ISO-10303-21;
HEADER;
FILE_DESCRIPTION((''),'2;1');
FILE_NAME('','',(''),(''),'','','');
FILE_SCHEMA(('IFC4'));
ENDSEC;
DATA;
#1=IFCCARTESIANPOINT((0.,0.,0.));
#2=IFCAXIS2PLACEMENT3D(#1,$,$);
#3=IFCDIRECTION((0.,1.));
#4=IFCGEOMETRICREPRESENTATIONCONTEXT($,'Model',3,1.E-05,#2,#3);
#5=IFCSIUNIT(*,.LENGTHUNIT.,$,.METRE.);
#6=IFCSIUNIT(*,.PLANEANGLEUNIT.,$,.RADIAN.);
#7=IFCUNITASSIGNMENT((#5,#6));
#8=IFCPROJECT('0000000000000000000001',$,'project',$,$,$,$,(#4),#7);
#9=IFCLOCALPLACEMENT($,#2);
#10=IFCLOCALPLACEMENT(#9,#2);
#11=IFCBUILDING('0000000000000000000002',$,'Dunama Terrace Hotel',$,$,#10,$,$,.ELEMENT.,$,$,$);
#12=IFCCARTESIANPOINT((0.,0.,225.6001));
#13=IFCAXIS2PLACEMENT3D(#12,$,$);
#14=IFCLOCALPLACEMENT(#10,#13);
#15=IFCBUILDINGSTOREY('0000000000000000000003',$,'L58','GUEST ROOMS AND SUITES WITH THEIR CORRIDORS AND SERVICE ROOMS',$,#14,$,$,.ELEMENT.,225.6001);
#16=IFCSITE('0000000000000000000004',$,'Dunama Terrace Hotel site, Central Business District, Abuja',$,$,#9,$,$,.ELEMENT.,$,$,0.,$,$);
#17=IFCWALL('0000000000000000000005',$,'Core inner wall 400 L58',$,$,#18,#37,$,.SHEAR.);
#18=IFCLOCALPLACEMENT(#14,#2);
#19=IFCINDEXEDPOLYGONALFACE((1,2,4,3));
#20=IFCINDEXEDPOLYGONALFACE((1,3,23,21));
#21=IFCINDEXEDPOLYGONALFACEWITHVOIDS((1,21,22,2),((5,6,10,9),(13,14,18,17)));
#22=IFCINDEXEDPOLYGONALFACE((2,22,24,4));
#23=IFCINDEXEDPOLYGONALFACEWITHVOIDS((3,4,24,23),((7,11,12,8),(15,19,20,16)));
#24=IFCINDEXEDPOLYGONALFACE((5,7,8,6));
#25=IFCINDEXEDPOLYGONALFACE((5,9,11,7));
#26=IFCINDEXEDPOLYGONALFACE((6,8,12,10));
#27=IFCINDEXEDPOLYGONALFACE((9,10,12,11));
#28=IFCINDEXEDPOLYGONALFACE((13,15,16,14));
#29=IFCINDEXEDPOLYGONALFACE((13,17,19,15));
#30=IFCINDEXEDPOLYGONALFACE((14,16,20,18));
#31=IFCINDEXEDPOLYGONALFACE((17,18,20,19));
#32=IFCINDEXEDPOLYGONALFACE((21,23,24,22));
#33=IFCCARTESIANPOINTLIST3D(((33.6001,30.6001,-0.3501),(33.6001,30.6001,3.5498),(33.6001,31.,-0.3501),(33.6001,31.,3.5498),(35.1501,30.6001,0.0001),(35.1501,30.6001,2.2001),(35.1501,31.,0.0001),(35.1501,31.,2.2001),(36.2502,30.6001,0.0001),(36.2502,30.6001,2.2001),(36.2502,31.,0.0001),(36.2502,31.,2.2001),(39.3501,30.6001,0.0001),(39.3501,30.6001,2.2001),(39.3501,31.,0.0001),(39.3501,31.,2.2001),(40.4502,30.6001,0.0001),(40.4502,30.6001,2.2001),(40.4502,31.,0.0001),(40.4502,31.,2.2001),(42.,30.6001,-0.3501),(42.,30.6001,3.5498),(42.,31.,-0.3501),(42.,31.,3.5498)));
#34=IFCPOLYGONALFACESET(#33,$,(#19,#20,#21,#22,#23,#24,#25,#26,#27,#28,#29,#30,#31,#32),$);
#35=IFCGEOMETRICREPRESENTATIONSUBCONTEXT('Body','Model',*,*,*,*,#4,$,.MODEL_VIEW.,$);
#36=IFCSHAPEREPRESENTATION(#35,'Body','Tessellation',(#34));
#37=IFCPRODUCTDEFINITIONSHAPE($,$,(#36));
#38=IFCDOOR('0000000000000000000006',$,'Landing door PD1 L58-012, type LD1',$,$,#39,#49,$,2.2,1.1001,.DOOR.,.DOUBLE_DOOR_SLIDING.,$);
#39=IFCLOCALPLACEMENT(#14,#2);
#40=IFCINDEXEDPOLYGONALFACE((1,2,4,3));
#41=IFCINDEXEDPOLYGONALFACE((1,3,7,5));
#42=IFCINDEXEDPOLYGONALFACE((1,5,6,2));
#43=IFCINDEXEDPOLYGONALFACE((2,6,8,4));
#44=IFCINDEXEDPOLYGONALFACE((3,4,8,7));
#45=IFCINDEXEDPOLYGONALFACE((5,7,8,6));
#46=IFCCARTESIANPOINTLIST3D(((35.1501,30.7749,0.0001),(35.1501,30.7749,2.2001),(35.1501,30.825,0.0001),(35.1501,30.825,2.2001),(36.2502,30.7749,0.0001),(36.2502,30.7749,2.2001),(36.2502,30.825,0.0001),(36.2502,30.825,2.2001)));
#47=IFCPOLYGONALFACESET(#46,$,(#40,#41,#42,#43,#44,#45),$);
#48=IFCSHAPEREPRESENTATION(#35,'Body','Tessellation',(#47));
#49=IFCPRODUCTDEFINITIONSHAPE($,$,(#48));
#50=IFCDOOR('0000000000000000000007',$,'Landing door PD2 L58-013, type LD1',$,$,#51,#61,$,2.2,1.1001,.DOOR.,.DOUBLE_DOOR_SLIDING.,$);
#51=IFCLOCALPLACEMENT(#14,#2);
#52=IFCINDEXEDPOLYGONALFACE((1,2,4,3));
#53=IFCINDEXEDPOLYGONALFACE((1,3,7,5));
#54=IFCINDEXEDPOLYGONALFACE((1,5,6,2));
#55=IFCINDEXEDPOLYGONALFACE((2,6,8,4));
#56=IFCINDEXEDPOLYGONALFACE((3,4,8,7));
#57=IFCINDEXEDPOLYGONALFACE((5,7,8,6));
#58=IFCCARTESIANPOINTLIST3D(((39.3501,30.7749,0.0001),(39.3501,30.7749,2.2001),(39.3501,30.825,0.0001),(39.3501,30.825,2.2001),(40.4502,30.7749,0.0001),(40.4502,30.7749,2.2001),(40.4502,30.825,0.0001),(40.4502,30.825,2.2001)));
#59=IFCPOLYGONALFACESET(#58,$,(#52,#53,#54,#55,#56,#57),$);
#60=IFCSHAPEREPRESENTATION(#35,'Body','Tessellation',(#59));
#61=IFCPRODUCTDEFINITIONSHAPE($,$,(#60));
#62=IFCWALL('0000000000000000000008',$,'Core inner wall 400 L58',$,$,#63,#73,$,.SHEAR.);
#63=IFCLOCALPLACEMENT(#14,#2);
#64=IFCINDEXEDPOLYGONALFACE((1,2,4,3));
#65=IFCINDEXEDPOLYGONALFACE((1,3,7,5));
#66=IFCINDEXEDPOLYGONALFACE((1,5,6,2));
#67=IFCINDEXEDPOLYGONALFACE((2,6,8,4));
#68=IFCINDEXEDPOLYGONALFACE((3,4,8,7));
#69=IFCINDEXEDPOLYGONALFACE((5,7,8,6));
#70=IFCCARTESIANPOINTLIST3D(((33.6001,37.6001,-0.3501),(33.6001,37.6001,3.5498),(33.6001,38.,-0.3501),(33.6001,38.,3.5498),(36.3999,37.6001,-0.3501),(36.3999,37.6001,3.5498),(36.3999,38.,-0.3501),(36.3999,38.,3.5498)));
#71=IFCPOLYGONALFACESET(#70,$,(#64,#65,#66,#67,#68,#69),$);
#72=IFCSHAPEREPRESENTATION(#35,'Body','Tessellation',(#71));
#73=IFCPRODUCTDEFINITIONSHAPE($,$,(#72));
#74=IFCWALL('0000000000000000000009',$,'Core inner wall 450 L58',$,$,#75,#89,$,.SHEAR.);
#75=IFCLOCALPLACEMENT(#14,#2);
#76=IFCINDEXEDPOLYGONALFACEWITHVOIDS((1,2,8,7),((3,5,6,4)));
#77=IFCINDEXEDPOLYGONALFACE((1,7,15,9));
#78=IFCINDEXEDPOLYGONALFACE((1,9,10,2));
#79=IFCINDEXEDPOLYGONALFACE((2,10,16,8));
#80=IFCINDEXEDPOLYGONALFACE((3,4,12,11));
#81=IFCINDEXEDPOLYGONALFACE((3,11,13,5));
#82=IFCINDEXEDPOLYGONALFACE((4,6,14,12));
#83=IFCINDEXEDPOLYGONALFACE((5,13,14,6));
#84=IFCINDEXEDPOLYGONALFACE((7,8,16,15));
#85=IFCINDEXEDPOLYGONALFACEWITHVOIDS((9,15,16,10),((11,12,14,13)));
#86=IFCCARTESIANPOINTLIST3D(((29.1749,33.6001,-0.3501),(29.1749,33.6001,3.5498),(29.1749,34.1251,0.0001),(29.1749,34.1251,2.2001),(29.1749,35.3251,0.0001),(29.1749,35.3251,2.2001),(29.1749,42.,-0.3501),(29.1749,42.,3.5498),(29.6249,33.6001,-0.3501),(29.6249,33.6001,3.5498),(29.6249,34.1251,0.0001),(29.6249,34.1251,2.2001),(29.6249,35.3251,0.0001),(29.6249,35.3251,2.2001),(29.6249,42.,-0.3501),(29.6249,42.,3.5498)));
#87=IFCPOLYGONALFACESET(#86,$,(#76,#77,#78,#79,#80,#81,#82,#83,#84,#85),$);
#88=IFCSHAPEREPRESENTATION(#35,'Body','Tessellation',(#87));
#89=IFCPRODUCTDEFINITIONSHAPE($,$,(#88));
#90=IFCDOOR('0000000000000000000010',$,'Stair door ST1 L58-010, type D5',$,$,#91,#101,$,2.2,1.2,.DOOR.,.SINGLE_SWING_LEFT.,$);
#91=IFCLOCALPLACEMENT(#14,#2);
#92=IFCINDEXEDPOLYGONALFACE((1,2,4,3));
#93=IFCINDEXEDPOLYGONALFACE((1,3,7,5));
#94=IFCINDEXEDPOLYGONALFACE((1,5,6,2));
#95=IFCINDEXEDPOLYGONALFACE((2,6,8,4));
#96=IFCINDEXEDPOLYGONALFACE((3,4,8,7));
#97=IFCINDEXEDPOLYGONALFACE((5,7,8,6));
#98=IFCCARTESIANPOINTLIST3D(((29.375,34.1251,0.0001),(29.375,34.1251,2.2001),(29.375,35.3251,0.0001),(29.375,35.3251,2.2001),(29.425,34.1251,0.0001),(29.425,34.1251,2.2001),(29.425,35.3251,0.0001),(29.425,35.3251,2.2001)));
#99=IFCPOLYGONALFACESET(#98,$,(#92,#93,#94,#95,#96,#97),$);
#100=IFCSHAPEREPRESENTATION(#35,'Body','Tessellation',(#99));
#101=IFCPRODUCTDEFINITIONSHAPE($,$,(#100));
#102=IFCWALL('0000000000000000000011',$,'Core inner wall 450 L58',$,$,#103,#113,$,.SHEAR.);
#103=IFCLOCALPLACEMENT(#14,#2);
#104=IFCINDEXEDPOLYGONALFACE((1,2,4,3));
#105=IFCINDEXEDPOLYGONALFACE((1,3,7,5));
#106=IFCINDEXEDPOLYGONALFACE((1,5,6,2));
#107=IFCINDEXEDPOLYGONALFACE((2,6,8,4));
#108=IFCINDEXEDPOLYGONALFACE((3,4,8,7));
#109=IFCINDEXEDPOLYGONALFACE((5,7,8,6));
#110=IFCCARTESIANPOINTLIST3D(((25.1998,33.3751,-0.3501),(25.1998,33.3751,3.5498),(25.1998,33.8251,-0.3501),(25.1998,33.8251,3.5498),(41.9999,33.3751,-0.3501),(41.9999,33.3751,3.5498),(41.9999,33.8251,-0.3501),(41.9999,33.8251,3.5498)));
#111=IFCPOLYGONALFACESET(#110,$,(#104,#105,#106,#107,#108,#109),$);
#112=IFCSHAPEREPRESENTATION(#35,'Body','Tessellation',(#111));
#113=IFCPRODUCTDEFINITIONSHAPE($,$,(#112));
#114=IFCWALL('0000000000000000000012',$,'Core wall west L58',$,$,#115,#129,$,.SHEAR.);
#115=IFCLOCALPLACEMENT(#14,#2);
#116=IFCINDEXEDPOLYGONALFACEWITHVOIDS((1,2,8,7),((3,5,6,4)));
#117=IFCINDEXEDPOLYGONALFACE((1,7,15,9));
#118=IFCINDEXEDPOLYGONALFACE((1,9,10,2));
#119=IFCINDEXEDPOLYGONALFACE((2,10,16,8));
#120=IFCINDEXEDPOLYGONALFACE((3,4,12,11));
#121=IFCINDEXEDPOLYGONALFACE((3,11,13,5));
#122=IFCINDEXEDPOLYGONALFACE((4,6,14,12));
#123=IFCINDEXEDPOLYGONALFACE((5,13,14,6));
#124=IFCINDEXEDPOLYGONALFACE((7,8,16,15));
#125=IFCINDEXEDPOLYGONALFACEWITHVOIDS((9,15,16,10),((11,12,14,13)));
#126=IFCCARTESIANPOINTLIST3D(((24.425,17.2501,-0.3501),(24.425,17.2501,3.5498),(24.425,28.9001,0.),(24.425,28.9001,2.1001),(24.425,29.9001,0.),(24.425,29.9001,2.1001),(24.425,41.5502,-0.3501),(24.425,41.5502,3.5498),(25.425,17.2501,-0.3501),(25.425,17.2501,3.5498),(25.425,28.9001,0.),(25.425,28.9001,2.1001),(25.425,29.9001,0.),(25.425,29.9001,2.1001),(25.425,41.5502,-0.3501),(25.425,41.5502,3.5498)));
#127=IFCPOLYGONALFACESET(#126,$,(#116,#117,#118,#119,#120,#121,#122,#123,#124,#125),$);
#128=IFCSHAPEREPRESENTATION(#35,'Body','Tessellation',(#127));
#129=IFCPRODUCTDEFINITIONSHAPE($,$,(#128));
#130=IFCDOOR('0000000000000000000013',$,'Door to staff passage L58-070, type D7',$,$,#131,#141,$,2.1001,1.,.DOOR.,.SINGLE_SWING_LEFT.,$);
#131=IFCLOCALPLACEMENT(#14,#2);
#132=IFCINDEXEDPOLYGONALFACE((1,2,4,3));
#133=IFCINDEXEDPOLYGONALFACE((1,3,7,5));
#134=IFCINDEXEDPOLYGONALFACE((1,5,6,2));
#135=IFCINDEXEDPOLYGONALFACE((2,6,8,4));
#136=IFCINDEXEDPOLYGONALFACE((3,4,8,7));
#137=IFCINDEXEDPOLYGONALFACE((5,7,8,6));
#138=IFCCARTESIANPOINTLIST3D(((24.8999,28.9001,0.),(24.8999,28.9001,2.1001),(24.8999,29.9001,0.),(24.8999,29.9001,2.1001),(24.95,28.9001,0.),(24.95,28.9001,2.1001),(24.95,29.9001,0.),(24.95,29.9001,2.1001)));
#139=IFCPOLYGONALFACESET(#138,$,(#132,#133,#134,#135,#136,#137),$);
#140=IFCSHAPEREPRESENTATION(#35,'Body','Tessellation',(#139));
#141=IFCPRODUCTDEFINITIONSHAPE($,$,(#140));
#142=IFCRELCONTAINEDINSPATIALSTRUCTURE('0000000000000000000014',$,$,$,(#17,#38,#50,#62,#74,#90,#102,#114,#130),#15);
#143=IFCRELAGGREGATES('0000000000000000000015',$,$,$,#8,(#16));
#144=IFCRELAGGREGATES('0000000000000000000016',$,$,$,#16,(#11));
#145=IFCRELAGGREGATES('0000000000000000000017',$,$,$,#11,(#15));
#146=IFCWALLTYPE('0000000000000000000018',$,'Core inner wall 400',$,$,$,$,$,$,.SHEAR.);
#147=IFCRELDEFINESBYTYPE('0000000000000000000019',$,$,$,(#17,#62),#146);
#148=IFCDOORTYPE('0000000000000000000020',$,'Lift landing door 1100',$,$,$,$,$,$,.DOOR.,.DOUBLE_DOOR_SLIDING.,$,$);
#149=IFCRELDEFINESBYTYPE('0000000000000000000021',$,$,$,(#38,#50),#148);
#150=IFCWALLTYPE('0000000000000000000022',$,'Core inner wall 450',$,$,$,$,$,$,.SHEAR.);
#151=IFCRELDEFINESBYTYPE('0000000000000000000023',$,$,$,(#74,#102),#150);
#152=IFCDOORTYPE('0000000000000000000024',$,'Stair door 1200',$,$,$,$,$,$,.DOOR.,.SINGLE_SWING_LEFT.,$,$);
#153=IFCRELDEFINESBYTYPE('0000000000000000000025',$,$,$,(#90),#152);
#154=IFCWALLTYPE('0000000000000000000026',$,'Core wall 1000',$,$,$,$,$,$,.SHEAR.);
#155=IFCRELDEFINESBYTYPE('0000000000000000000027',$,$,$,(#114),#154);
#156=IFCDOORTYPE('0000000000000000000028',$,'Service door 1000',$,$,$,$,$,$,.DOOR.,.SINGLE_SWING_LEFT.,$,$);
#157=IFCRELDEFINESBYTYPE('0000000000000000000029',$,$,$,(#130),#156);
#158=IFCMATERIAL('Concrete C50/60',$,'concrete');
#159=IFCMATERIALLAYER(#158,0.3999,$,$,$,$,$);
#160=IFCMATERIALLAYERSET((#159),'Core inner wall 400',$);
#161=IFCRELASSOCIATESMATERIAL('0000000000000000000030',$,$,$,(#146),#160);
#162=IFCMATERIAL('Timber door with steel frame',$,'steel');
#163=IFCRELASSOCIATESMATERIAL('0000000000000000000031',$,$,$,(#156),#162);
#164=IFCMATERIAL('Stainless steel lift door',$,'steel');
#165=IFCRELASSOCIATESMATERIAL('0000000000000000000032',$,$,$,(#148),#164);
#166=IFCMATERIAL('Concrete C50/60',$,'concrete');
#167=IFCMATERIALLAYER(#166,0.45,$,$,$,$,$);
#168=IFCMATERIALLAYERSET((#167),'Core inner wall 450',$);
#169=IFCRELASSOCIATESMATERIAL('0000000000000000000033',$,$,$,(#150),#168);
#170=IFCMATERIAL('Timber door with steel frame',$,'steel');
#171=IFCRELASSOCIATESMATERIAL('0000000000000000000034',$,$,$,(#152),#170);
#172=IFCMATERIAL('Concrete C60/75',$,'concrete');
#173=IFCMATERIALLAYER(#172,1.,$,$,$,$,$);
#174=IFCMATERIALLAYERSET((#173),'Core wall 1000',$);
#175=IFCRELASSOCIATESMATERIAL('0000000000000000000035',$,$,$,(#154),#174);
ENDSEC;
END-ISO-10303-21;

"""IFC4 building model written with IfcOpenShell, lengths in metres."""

from ifc_helpers import new_model, si_unit, direction, frame, frame_2d, origin, place, context, subcontext, project, spatial, rectangle, extrude, material, layer, layer_set, type_object, element, fill, save


model = new_model("IFC4")

# Units and contexts
model_context = context("Model", 3, precision=1e-05, world=origin(), true_north=direction((0.0, 1.0)))
body_context = subcontext(model_context, "Body", "Model", "MODEL_VIEW")
ifc_project = project(units=[si_unit("LENGTHUNIT", "METRE"), si_unit("PLANEANGLEUNIT", "RADIAN")], contexts=[model_context])

# Site, building, storey
site_placement = place(None, origin())
site = spatial("IfcSite", under=ifc_project, at=site_placement, Name="Dunama Terrace Hotel site, Central Business District, Abuja", CompositionType="ELEMENT", RefElevation=0.0)
building_placement = place(site_placement, origin())
building = spatial("IfcBuilding", under=site, at=building_placement, Name="Dunama Terrace Hotel", CompositionType="ELEMENT")
storey_placement = place(building_placement, frame((0.0, 0.0, 225.6001)))
storey = spatial("IfcBuildingStorey", under=building, at=storey_placement, Name="L58", Description="GUEST ROOMS AND SUITES WITH THEIR CORRIDORS AND SERVICE ROOMS", CompositionType="ELEMENT", Elevation=225.6001)

# Shared definitions
ifc_material_1 = material(Name="Concrete C50/60", Category="concrete")
ifc_layer_1 = layer(ifc_material_1, 0.3999)
ifc_layer_set_1 = layer_set([ifc_layer_1], Name="Core inner wall 400")
wall_type_1 = type_object("IfcWallType", Name="Core inner wall 400", PredefinedType="SHEAR", material=ifc_layer_set_1)
ifc_material_2 = material(Name="Timber door with steel frame", Category="steel")
door_type_1 = type_object("IfcDoorType", Name="Service door 1000", OperationType="SINGLE_SWING_LEFT", PredefinedType="DOOR", material=ifc_material_2)

# Wall, openings, doors
wall_1_placement = place(storey_placement, frame((33.6001, 30.8, -0.3501), z_axis=(0.0, 0.0, 1.0), x_axis=(1.0, 0.0, 0.0)))
wall_1 = element("IfcWall", 1, at=wall_1_placement, inside=storey, type_object=wall_type_1, Name="Core inner wall 400 L58", PredefinedType="SHEAR", context=body_context, shape_type="SweptSolid", body=[
    extrude(rectangle(XDim=8.3999, YDim=0.3999, at=frame_2d((4.2, 0.0))), origin(), (0.0, 0.0, 1.0), 3.8999),
])
opening_1_placement = place(wall_1_placement, frame((1.55, 0.0, 0.3501)))
opening_1 = element("IfcOpeningElement", 2, at=opening_1_placement, cuts=wall_1, PredefinedType="OPENING", context=body_context, shape_type="SweptSolid", body=[
    extrude(rectangle(XDim=1.1001, YDim=2.2, at=frame_2d((0.55, 1.1001))), frame((0.0, 0.21, 0.0), z_axis=(0.0, -1.0, 0.0), x_axis=(1.0, 0.0, 0.0)), (0.0, 0.0, 1.0), 0.4199),
])
opening_2_placement = place(wall_1_placement, frame((5.75, 0.0, 0.3501)))
opening_2 = element("IfcOpeningElement", 3, at=opening_2_placement, cuts=wall_1, PredefinedType="OPENING", context=body_context, shape_type="SweptSolid", body=[
    extrude(rectangle(XDim=1.1001, YDim=2.2, at=frame_2d((0.55, 1.1001))), frame((0.0, 0.21, 0.0), z_axis=(0.0, -1.0, 0.0), x_axis=(1.0, 0.0, 0.0)), (0.0, 0.0, 1.0), 0.4199),
])
ifc_material_3 = material(Name="Stainless steel lift door", Category="steel")
door_type_2 = type_object("IfcDoorType", Name="Lift landing door 1100", OperationType="DOUBLE_DOOR_SLIDING", PredefinedType="DOOR", material=ifc_material_3)
door_1_placement = place(opening_1_placement, origin())
door_1 = element("IfcDoor", 4, at=door_1_placement, inside=storey, type_object=door_type_2, Name="Landing door PD1 L58-012, type LD1", OperationType="DOUBLE_DOOR_SLIDING", OverallHeight=2.2, OverallWidth=1.1001, PredefinedType="DOOR", context=body_context, shape_type="SweptSolid", body=[
    extrude(rectangle(XDim=1.1001, YDim=2.2, at=frame_2d((0.55, 1.1001))), frame((0.0, 0.0249, 0.0), z_axis=(0.0, -1.0, 0.0), x_axis=(1.0, 0.0, 0.0)), (0.0, 0.0, 1.0), 0.05),
])
fill(opening_1, door_1)
door_2_placement = place(opening_2_placement, origin())
door_2 = element("IfcDoor", 5, at=door_2_placement, inside=storey, type_object=door_type_2, Name="Landing door PD2 L58-013, type LD1", OperationType="DOUBLE_DOOR_SLIDING", OverallHeight=2.2, OverallWidth=1.1001, PredefinedType="DOOR", context=body_context, shape_type="SweptSolid", body=[
    extrude(rectangle(XDim=1.1001, YDim=2.2, at=frame_2d((0.55, 1.1001))), frame((0.0, 0.0249, 0.0), z_axis=(0.0, -1.0, 0.0), x_axis=(1.0, 0.0, 0.0)), (0.0, 0.0, 1.0), 0.05),
])
fill(opening_2, door_2)

# Wall
wall_2_placement = place(storey_placement, frame((33.6001, 37.8, -0.3501), z_axis=(0.0, 0.0, 1.0), x_axis=(1.0, 0.0, 0.0)))
element("IfcWall", 6, at=wall_2_placement, inside=storey, type_object=wall_type_1, Name="Core inner wall 400 L58", PredefinedType="SHEAR", context=body_context, shape_type="SweptSolid", body=[
    extrude(rectangle(XDim=2.7998, YDim=0.3999, at=frame_2d((1.3999, 0.0))), origin(), (0.0, 0.0, 1.0), 3.8999),
])

# Wall, opening, door
ifc_material_4 = material(Name="Concrete C50/60", Category="concrete")
ifc_layer_2 = layer(ifc_material_4, 0.45)
ifc_layer_set_2 = layer_set([ifc_layer_2], Name="Core inner wall 450")
wall_type_2 = type_object("IfcWallType", Name="Core inner wall 450", PredefinedType="SHEAR", material=ifc_layer_set_2)
wall_3_placement = place(storey_placement, frame((29.3999, 33.6001, -0.3501), z_axis=(0.0, 0.0, 1.0), x_axis=(0.0, 1.0, 0.0)))
wall_3 = element("IfcWall", 7, at=wall_3_placement, inside=storey, type_object=wall_type_2, Name="Core inner wall 450 L58", PredefinedType="SHEAR", context=body_context, shape_type="SweptSolid", body=[
    extrude(rectangle(XDim=8.3999, YDim=0.45, at=frame_2d((4.2, 0.0))), origin(), (0.0, 0.0, 1.0), 3.8999),
])
opening_3_placement = place(wall_3_placement, frame((0.5249, 0.0, 0.3501)))
opening_3 = element("IfcOpeningElement", 8, at=opening_3_placement, cuts=wall_3, PredefinedType="OPENING", context=body_context, shape_type="SweptSolid", body=[
    extrude(rectangle(XDim=1.2, YDim=2.2, at=frame_2d((0.6001, 1.1001))), frame((0.0, 0.2349, 0.0), z_axis=(0.0, -1.0, 0.0), x_axis=(1.0, 0.0, 0.0)), (0.0, 0.0, 1.0), 0.47),
])
ifc_material_5 = material(Name="Timber door with steel frame", Category="steel")
door_type_3 = type_object("IfcDoorType", Name="Stair door 1200", OperationType="SINGLE_SWING_LEFT", PredefinedType="DOOR", material=ifc_material_5)
door_3_placement = place(opening_3_placement, origin())
door_3 = element("IfcDoor", 9, at=door_3_placement, inside=storey, type_object=door_type_3, Name="Stair door ST1 L58-010, type D5", OperationType="SINGLE_SWING_LEFT", OverallHeight=2.2, OverallWidth=1.2, PredefinedType="DOOR", context=body_context, shape_type="SweptSolid", body=[
    extrude(rectangle(XDim=1.2, YDim=2.2, at=frame_2d((0.6001, 1.1001))), frame((0.0, 0.0249, 0.0), z_axis=(0.0, -1.0, 0.0), x_axis=(1.0, 0.0, 0.0)), (0.0, 0.0, 1.0), 0.05),
])
fill(opening_3, door_3)

# Wall
wall_4_placement = place(storey_placement, frame((25.2, 33.6001, -0.3501), z_axis=(0.0, 0.0, 1.0), x_axis=(1.0, 0.0, 0.0)))
element("IfcWall", 10, at=wall_4_placement, inside=storey, type_object=wall_type_2, Name="Core inner wall 450 L58", PredefinedType="SHEAR", context=body_context, shape_type="SweptSolid", body=[
    extrude(rectangle(XDim=16.8, YDim=0.45, at=frame_2d((8.3999, 0.0))), origin(), (0.0, 0.0, 1.0), 3.8999),
])

# Wall, opening, door
ifc_material_6 = material(Name="Concrete C60/75", Category="concrete")
ifc_layer_3 = layer(ifc_material_6, 1.0)
ifc_layer_set_3 = layer_set([ifc_layer_3], Name="Core wall 1000")
wall_type_3 = type_object("IfcWallType", Name="Core wall 1000", PredefinedType="SHEAR", material=ifc_layer_set_3)
wall_5_placement = place(storey_placement, frame((24.925, 41.55, -0.3501), z_axis=(0.0, 0.0, 1.0), x_axis=(0.0, -1.0, 0.0)))
wall_5 = element("IfcWall", 11, at=wall_5_placement, inside=storey, type_object=wall_type_3, Name="Core wall west L58", PredefinedType="SHEAR", context=body_context, shape_type="SweptSolid", body=[
    extrude(rectangle(XDim=24.3, YDim=1.0, at=frame_2d((12.1499, 0.0))), origin(), (0.0, 0.0, 1.0), 3.8999),
])
opening_4_placement = place(wall_5_placement, frame((11.6499, 0.0, 0.3501)))
opening_4 = element("IfcOpeningElement", 12, at=opening_4_placement, cuts=wall_5, PredefinedType="OPENING", context=body_context, shape_type="SweptSolid", body=[
    extrude(rectangle(XDim=1.0, YDim=2.1001, at=frame_2d((0.5, 1.05))), frame((0.0, 0.51, 0.0), z_axis=(0.0, -1.0, 0.0), x_axis=(1.0, 0.0, 0.0)), (0.0, 0.0, 1.0), 1.02),
])
door_4_placement = place(opening_4_placement, origin())
door_4 = element("IfcDoor", 13, at=door_4_placement, inside=storey, type_object=door_type_1, Name="Door to staff passage L58-070, type D7", OperationType="SINGLE_SWING_LEFT", OverallHeight=2.1001, OverallWidth=1.0, PredefinedType="DOOR", context=body_context, shape_type="SweptSolid", body=[
    extrude(rectangle(XDim=1.0, YDim=2.1001, at=frame_2d((0.5, 1.05))), frame((0.0, 0.0249, 0.0), z_axis=(0.0, -1.0, 0.0), x_axis=(1.0, 0.0, 0.0)), (0.0, 0.0, 1.0), 0.05),
])
fill(opening_4, door_4)

save(model, "model.ifc")
